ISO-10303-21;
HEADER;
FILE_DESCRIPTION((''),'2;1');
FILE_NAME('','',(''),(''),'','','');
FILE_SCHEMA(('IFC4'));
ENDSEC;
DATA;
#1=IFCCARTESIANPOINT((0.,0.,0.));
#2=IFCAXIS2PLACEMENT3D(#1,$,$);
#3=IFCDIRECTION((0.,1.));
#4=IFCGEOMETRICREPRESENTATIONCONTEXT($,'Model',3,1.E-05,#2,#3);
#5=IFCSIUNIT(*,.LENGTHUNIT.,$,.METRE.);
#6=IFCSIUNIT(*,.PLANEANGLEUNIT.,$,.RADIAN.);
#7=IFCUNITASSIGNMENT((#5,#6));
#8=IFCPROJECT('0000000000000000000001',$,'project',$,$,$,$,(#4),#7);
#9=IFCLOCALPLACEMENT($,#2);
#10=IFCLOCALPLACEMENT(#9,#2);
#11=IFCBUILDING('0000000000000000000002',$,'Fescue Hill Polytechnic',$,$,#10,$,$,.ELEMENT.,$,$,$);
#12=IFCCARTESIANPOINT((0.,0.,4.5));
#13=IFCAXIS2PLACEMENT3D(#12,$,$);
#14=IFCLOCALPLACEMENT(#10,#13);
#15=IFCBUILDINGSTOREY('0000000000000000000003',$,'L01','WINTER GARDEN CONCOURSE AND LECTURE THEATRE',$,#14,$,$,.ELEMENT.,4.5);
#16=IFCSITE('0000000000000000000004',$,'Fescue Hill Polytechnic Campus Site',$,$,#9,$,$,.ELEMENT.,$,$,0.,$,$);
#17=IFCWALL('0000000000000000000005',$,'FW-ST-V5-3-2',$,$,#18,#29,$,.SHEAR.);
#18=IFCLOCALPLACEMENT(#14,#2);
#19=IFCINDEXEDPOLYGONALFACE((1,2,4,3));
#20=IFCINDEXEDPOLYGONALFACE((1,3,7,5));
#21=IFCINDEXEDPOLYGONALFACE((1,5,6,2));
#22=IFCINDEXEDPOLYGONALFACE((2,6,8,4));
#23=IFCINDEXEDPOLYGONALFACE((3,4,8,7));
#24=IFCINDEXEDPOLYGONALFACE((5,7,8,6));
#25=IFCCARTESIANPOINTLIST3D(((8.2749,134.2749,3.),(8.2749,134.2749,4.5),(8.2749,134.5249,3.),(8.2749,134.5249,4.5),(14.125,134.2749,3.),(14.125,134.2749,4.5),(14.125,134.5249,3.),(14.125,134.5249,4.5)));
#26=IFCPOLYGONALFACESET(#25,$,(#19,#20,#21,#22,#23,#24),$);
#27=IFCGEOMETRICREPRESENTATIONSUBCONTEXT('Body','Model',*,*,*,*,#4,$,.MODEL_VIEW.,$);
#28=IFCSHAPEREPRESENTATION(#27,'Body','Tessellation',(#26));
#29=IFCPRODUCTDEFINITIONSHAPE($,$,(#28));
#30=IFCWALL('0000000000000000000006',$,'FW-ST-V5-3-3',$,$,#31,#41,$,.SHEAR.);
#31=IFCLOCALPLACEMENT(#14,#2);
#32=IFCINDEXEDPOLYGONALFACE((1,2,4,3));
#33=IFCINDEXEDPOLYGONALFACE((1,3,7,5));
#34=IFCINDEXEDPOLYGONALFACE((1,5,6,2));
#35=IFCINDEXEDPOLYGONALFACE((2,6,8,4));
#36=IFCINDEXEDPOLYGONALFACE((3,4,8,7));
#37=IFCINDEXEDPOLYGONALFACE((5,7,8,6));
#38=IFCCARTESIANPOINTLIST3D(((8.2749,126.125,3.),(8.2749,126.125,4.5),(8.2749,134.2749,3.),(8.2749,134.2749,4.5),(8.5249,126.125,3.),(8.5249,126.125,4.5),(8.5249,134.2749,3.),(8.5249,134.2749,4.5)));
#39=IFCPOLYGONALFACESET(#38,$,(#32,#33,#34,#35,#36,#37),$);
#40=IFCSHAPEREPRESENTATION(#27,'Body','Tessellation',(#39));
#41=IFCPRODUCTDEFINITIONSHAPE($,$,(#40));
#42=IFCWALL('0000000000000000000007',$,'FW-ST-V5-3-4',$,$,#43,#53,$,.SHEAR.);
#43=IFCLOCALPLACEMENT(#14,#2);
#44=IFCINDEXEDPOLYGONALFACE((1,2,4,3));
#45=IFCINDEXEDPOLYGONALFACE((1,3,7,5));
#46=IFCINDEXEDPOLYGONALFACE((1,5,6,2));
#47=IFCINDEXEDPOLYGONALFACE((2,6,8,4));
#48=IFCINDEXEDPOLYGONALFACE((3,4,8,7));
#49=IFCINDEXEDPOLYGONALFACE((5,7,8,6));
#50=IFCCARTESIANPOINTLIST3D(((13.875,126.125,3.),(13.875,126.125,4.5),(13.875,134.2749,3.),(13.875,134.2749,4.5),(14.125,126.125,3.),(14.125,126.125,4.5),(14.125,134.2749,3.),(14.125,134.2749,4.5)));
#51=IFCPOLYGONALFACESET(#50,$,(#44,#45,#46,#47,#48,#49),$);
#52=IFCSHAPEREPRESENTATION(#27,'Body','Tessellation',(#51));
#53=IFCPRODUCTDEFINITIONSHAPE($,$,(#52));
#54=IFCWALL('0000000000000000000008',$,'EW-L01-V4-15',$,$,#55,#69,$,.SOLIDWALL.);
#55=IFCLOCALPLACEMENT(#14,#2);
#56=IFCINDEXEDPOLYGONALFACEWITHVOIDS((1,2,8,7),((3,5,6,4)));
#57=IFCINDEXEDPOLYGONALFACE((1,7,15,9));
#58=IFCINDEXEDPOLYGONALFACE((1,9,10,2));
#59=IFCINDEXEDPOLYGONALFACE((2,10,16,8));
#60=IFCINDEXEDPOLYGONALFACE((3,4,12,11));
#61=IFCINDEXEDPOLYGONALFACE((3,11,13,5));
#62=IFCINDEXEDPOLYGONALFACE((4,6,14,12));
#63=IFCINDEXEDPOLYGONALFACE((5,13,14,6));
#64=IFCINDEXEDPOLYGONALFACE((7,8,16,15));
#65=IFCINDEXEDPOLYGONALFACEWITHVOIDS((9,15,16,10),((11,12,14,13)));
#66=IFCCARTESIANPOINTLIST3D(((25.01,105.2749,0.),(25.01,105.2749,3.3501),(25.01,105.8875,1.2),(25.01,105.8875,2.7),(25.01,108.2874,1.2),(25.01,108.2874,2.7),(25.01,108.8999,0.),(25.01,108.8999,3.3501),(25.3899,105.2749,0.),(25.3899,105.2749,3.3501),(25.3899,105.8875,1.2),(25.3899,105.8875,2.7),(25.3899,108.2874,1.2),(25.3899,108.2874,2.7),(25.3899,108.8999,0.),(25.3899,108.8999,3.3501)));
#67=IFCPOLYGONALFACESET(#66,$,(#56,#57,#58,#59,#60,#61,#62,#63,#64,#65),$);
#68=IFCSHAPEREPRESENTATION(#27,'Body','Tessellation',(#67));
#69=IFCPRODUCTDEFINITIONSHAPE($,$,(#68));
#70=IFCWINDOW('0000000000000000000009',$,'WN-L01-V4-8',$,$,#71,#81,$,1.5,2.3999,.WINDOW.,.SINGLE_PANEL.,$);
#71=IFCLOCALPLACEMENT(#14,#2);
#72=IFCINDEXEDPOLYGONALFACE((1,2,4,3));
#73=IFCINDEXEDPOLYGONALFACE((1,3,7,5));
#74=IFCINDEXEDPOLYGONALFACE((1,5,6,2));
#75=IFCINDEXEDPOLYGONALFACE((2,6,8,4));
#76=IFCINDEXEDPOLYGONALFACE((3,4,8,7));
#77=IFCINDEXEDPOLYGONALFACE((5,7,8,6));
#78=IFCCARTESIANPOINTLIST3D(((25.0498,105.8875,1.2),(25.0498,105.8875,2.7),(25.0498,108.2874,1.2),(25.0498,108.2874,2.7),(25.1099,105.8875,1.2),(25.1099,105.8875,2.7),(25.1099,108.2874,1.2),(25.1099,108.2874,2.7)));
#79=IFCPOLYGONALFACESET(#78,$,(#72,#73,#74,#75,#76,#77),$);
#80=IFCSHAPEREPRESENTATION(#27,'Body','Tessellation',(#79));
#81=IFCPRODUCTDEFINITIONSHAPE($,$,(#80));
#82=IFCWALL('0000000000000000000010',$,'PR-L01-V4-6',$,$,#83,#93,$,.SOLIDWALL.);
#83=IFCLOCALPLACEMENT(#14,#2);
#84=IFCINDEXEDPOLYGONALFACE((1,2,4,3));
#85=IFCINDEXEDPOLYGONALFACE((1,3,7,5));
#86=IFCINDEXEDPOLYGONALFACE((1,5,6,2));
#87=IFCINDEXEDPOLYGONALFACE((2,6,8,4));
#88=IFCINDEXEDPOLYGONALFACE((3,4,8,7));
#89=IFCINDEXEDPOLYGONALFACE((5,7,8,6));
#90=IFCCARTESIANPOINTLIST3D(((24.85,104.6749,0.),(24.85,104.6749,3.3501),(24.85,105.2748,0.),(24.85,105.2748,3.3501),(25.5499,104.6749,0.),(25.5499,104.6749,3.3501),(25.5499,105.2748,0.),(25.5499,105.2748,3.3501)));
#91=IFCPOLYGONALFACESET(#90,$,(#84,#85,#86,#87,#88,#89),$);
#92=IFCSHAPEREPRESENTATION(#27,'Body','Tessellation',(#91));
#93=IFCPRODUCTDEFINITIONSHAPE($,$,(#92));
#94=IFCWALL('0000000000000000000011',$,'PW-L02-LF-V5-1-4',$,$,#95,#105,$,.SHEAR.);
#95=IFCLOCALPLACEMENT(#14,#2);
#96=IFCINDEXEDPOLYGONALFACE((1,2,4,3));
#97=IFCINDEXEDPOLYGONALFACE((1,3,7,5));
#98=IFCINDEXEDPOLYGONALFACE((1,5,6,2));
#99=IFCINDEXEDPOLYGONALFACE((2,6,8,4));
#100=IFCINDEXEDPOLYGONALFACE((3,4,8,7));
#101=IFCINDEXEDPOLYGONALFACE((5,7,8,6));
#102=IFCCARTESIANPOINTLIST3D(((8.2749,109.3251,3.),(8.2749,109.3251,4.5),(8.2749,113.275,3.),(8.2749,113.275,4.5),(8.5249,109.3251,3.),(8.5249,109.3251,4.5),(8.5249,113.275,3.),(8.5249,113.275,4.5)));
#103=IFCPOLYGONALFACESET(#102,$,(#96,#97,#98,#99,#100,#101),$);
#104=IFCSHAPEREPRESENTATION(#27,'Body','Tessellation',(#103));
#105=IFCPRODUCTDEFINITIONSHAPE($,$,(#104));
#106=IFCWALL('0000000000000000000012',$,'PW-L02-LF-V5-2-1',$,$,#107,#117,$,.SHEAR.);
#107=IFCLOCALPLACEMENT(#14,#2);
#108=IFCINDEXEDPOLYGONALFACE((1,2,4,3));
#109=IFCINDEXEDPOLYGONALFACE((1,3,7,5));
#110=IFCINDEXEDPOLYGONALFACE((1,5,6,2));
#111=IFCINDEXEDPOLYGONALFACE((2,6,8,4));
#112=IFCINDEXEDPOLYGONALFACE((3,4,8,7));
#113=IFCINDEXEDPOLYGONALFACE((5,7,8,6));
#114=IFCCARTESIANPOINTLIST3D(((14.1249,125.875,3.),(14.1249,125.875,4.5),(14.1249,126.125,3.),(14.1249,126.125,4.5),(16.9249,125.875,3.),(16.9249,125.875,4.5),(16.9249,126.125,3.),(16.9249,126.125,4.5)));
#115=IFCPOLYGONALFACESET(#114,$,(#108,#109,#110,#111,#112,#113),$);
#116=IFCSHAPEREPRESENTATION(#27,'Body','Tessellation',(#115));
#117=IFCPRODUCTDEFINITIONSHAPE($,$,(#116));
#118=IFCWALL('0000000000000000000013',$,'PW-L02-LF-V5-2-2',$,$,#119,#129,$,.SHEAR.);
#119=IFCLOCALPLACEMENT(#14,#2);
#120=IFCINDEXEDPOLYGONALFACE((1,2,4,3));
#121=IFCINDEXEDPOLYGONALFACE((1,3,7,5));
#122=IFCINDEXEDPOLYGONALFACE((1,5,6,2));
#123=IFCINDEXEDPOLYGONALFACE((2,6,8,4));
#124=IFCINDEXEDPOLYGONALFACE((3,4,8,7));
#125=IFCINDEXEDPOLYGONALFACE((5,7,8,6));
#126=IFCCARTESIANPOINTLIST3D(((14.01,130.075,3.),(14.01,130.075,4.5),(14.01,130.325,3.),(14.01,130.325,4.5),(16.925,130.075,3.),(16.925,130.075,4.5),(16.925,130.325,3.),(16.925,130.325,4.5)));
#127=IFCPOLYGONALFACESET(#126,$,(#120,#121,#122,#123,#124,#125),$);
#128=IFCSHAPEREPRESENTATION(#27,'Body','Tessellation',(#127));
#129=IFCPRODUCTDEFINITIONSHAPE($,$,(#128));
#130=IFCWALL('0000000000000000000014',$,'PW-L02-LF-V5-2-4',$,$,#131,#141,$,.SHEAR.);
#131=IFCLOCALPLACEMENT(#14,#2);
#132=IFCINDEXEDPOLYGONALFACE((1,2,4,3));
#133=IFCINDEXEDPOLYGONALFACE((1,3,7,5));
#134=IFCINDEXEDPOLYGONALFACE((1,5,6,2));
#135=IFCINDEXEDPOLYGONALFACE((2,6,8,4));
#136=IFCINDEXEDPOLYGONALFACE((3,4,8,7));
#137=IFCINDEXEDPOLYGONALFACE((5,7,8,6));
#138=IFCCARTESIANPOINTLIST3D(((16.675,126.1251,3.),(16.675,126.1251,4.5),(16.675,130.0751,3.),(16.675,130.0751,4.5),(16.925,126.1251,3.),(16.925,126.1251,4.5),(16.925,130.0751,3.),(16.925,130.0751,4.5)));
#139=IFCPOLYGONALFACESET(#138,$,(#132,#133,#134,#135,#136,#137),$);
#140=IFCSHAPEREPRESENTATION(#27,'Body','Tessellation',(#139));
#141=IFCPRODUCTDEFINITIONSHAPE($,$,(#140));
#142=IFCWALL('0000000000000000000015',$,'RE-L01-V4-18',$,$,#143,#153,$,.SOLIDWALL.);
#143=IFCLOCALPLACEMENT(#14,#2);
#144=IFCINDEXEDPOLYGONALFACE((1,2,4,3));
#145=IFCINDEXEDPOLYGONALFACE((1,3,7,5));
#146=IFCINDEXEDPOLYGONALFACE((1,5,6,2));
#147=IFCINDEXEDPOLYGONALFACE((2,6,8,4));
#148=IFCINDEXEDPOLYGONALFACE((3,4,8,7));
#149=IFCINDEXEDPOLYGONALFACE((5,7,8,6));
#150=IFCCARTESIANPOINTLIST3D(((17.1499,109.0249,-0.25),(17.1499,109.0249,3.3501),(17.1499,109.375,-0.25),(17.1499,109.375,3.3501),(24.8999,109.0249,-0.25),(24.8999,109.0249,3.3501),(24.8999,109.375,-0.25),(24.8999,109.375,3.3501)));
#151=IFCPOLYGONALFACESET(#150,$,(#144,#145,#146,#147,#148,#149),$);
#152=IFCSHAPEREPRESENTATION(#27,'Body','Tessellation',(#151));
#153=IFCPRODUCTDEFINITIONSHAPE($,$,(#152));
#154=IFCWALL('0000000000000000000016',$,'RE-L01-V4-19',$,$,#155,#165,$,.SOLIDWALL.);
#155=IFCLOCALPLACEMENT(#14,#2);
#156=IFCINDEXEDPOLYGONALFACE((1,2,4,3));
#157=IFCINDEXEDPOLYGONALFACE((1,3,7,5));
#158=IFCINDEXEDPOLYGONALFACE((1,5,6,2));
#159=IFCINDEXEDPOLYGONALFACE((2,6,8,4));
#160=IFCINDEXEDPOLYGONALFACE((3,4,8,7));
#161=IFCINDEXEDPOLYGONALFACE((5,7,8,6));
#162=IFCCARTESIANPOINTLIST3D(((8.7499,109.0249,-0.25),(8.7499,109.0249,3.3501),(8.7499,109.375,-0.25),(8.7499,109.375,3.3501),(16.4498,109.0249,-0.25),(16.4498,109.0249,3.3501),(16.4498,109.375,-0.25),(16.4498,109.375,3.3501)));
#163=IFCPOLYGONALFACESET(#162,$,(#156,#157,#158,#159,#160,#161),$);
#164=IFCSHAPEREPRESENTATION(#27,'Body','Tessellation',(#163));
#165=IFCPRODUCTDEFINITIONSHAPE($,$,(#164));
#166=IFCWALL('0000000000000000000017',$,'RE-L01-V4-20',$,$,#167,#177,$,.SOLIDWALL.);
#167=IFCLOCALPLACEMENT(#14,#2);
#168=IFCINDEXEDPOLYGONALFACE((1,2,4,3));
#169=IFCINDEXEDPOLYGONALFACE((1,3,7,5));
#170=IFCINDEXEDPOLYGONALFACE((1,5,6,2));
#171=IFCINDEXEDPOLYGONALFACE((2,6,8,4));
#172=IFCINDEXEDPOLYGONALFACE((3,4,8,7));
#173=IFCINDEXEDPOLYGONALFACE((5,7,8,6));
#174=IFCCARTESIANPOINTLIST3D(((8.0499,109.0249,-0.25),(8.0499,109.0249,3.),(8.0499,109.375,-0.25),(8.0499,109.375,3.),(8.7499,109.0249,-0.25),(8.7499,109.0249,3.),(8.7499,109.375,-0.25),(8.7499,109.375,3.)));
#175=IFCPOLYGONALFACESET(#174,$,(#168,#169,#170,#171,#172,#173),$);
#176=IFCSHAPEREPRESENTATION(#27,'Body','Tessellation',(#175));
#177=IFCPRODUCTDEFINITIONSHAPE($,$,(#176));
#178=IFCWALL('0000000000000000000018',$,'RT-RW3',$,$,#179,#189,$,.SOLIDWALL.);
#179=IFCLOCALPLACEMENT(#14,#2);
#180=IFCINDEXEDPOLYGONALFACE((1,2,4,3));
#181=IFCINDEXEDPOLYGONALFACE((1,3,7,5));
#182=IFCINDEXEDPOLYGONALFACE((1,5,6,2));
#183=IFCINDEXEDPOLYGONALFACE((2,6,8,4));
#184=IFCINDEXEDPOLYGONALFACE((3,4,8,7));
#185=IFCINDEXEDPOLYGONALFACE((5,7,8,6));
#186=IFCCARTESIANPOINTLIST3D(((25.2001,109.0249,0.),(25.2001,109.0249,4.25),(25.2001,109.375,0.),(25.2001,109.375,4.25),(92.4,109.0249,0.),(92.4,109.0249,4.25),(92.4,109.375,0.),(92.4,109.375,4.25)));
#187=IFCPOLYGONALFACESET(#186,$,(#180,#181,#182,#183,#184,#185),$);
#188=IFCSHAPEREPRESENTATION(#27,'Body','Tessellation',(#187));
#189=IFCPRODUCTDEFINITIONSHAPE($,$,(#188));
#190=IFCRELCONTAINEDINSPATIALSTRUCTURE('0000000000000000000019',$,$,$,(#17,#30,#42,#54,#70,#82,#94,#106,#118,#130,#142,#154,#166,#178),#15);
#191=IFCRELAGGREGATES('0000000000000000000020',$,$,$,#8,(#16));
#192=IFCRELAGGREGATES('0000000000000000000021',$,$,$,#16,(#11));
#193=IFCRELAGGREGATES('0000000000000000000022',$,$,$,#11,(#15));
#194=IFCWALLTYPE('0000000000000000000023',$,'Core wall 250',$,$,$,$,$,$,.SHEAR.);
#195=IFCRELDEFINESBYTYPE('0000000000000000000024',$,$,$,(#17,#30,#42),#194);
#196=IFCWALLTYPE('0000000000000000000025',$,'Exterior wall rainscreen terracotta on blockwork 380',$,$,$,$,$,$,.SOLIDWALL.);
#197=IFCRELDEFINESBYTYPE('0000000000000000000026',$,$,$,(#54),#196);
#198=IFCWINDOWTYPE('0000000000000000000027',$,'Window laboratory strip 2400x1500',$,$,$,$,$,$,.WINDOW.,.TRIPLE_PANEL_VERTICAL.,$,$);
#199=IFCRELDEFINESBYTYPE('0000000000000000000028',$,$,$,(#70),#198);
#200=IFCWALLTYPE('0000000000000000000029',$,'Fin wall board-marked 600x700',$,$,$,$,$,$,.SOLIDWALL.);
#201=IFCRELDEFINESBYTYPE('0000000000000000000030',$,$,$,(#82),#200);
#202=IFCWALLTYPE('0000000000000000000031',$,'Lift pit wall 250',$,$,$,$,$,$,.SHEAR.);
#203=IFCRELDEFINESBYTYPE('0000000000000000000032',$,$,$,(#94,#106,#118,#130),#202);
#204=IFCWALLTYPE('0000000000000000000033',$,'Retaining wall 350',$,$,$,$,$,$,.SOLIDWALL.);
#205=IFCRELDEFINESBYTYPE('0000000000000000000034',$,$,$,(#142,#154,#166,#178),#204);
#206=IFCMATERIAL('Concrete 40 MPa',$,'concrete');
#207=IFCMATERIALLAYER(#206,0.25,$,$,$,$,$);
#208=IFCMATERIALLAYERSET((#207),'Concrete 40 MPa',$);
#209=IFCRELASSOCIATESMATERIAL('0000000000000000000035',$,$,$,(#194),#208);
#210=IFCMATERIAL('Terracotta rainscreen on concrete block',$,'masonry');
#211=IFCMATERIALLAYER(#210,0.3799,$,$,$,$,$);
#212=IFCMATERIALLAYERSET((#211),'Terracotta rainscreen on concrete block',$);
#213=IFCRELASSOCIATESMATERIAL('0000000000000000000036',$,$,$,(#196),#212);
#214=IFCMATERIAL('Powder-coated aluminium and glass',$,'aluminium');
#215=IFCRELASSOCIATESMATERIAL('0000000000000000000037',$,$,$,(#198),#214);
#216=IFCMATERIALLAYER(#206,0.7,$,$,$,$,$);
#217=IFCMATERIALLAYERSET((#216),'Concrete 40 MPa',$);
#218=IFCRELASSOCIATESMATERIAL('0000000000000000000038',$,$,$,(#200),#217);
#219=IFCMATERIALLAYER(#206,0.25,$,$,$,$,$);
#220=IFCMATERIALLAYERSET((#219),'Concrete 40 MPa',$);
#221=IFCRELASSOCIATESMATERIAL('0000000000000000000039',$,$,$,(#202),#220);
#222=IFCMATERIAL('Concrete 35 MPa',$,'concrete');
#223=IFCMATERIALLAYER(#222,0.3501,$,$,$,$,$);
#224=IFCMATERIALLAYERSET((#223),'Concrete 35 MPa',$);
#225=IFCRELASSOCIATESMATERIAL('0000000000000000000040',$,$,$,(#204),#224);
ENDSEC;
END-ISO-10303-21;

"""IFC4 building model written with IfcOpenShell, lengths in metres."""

from ifc_helpers import new_model, si_unit, direction, frame, frame_2d, origin, place, context, subcontext, project, spatial, rectangle, extrude, material, layer, layer_set, type_object, element, fill, save


model = new_model("IFC4")

# Units and contexts
model_context = context("Model", 3, precision=1e-05, world=origin(), true_north=direction((0.0, 1.0)))
body_context = subcontext(model_context, "Body", "Model", "MODEL_VIEW")
ifc_project = project(units=[si_unit("LENGTHUNIT", "METRE"), si_unit("PLANEANGLEUNIT", "RADIAN")], contexts=[model_context])

# Site, building, storey
site_placement = place(None, origin())
site = spatial("IfcSite", under=ifc_project, at=site_placement, Name="Fescue Hill Polytechnic Campus Site", CompositionType="ELEMENT", RefElevation=0.0)
building_placement = place(site_placement, origin())
building = spatial("IfcBuilding", under=site, at=building_placement, Name="Fescue Hill Polytechnic", CompositionType="ELEMENT")
storey_placement = place(building_placement, frame((0.0, 0.0, 4.5)))
storey = spatial("IfcBuildingStorey", under=building, at=storey_placement, Name="L01", Description="WINTER GARDEN CONCOURSE AND LECTURE THEATRE", CompositionType="ELEMENT", Elevation=4.5)

# Shared definitions
ifc_material_1 = material(Name="Concrete 35 MPa", Category="concrete")

# Shared definitions
ifc_material_2 = material(Name="Concrete 40 MPa", Category="concrete")

# Walls
ifc_layer_1 = layer(ifc_material_2, 0.25)
ifc_layer_set_1 = layer_set([ifc_layer_1], Name="Concrete 40 MPa")
wall_type_1 = type_object("IfcWallType", Name="Core wall 250", PredefinedType="SHEAR", material=ifc_layer_set_1)
wall_1_placement = place(storey_placement, frame((8.2749, 134.3999, 3.0), z_axis=(0.0, 0.0, 1.0), x_axis=(1.0, 0.0, 0.0)))
element("IfcWall", 1, at=wall_1_placement, inside=storey, type_object=wall_type_1, Name="FW-ST-V5-3-2", PredefinedType="SHEAR", context=body_context, shape_type="SweptSolid", body=[
    extrude(rectangle(XDim=5.8501, YDim=0.25, at=frame_2d((2.925, 0.0))), origin(), (0.0, 0.0, 1.0), 1.5),
])
for number, where, z_axis, x_axis, name in (
    (2, (8.3999, 126.125, 3.0), (0.0, 0.0, 1.0), (0.0, 1.0, 0.0), "FW-ST-V5-3-3"),
    (3, (14.0, 126.125, 3.0), (0.0, 0.0, 1.0), (0.0, 1.0, 0.0), "FW-ST-V5-3-4"),
):
    element("IfcWall", number, at=place(storey_placement, frame(where, z_axis=z_axis, x_axis=x_axis)), inside=storey, type_object=wall_type_1, Name=name, PredefinedType="SHEAR", context=body_context, shape_type="SweptSolid", body=[
        extrude(rectangle(XDim=8.1499, YDim=0.25, at=frame_2d((4.075, 0.0))), origin(), (0.0, 0.0, 1.0), 1.5),
    ])

# Wall, opening, window
ifc_material_3 = material(Name="Terracotta rainscreen on concrete block", Category="masonry")
ifc_layer_2 = layer(ifc_material_3, 0.3799)
ifc_layer_set_2 = layer_set([ifc_layer_2], Name="Terracotta rainscreen on concrete block")
wall_type_2 = type_object("IfcWallType", Name="Exterior wall rainscreen terracotta on blockwork 380", PredefinedType="SOLIDWALL", material=ifc_layer_set_2)
wall_2_placement = place(storey_placement, frame((25.2, 105.2749, 0.0), z_axis=(0.0, 0.0, 1.0), x_axis=(0.0, 1.0, 0.0)))
wall_2 = element("IfcWall", 4, at=wall_2_placement, inside=storey, type_object=wall_type_2, Name="EW-L01-V4-15", PredefinedType="SOLIDWALL", context=body_context, shape_type="SweptSolid", body=[
    extrude(rectangle(XDim=3.625, YDim=0.3799, at=frame_2d((1.8125, 0.0))), origin(), (0.0, 0.0, 1.0), 3.3501),
])
opening_placement = place(wall_2_placement, frame((0.6125, 0.0, 1.2)))
opening = element("IfcOpeningElement", 5, at=opening_placement, cuts=wall_2, PredefinedType="OPENING", context=body_context, shape_type="SweptSolid", body=[
    extrude(rectangle(XDim=2.3999, YDim=1.5, at=frame_2d((1.2, 0.75))), frame((0.0, 0.2, 0.0), z_axis=(0.0, -1.0, 0.0), x_axis=(1.0, 0.0, 0.0)), (0.0, 0.0, 1.0), 0.3999),
])
ifc_material_4 = material(Name="Powder-coated aluminium and glass", Category="aluminium")
window_type = type_object("IfcWindowType", Name="Window laboratory strip 2400x1500", PartitioningType="TRIPLE_PANEL_VERTICAL", PredefinedType="WINDOW", material=ifc_material_4)
window_placement = place(opening_placement, origin())
window = element("IfcWindow", 6, at=window_placement, inside=storey, type_object=window_type, Name="WN-L01-V4-8", OverallHeight=1.5, OverallWidth=2.3999, PartitioningType="SINGLE_PANEL", PredefinedType="WINDOW", context=body_context, shape_type="SweptSolid", body=[
    extrude(rectangle(XDim=2.3999, YDim=1.5, at=frame_2d((1.2, 0.75))), frame((0.0, 0.1501, 0.0), z_axis=(0.0, -1.0, 0.0), x_axis=(1.0, 0.0, 0.0)), (0.0, 0.0, 1.0), 0.0601),
])
fill(opening, window)

# Walls
ifc_layer_3 = layer(ifc_material_2, 0.7)
ifc_layer_set_3 = layer_set([ifc_layer_3], Name="Concrete 40 MPa")
wall_type_3 = type_object("IfcWallType", Name="Fin wall board-marked 600x700", PredefinedType="SOLIDWALL", material=ifc_layer_set_3)
wall_3_placement = place(storey_placement, frame((25.2, 104.675, 0.0), z_axis=(0.0, 0.0, 1.0), x_axis=(0.0, 1.0, 0.0)))
element("IfcWall", 7, at=wall_3_placement, inside=storey, type_object=wall_type_3, Name="PR-L01-V4-6", PredefinedType="SOLIDWALL", context=body_context, shape_type="SweptSolid", body=[
    extrude(rectangle(XDim=0.5999, YDim=0.7, at=frame_2d((0.2998, 0.0))), origin(), (0.0, 0.0, 1.0), 3.3501),
])
ifc_layer_4 = layer(ifc_material_2, 0.25)
ifc_layer_set_4 = layer_set([ifc_layer_4], Name="Concrete 40 MPa")
wall_type_4 = type_object("IfcWallType", Name="Lift pit wall 250", PredefinedType="SHEAR", material=ifc_layer_set_4)
wall_4_placement = place(storey_placement, frame((8.3999, 109.325, 3.0), z_axis=(0.0, 0.0, 1.0), x_axis=(0.0, 1.0, 0.0)))
element("IfcWall", 8, at=wall_4_placement, inside=storey, type_object=wall_type_4, Name="PW-L02-LF-V5-1-4", PredefinedType="SHEAR", context=body_context, shape_type="SweptSolid", body=[
    extrude(rectangle(XDim=3.95, YDim=0.25, at=frame_2d((1.9751, 0.0))), origin(), (0.0, 0.0, 1.0), 1.5),
])
wall_5_placement = place(storey_placement, frame((14.125, 126.0, 3.0), z_axis=(0.0, 0.0, 1.0), x_axis=(1.0, 0.0, 0.0)))
element("IfcWall", 9, at=wall_5_placement, inside=storey, type_object=wall_type_4, Name="PW-L02-LF-V5-2-1", PredefinedType="SHEAR", context=body_context, shape_type="SweptSolid", body=[
    extrude(rectangle(XDim=2.8, YDim=0.25, at=frame_2d((1.3999, 0.0))), origin(), (0.0, 0.0, 1.0), 1.5),
])
wall_6_placement = place(storey_placement, frame((14.01, 130.2, 3.0), z_axis=(0.0, 0.0, 1.0), x_axis=(1.0, 0.0, 0.0)))
element("IfcWall", 10, at=wall_6_placement, inside=storey, type_object=wall_type_4, Name="PW-L02-LF-V5-2-2", PredefinedType="SHEAR", context=body_context, shape_type="SweptSolid", body=[
    extrude(rectangle(XDim=2.915, YDim=0.25, at=frame_2d((1.4575, 0.0))), origin(), (0.0, 0.0, 1.0), 1.5),
])
wall_7_placement = place(storey_placement, frame((16.8, 126.125, 3.0), z_axis=(0.0, 0.0, 1.0), x_axis=(0.0, 1.0, 0.0)))
element("IfcWall", 11, at=wall_7_placement, inside=storey, type_object=wall_type_4, Name="PW-L02-LF-V5-2-4", PredefinedType="SHEAR", context=body_context, shape_type="SweptSolid", body=[
    extrude(rectangle(XDim=3.95, YDim=0.25, at=frame_2d((1.9751, 0.0))), origin(), (0.0, 0.0, 1.0), 1.5),
])
ifc_layer_5 = layer(ifc_material_1, 0.3501)
ifc_layer_set_5 = layer_set([ifc_layer_5], Name="Concrete 35 MPa")
wall_type_5 = type_object("IfcWallType", Name="Retaining wall 350", PredefinedType="SOLIDWALL", material=ifc_layer_set_5)
wall_8_placement = place(storey_placement, frame((24.8999, 109.2, -0.25), z_axis=(0.0, 0.0, 1.0), x_axis=(-1.0, 0.0, 0.0)))
element("IfcWall", 12, at=wall_8_placement, inside=storey, type_object=wall_type_5, Name="RE-L01-V4-18", PredefinedType="SOLIDWALL", context=body_context, shape_type="SweptSolid", body=[
    extrude(rectangle(XDim=7.75, YDim=0.3501, at=frame_2d((3.875, 0.0))), origin(), (0.0, 0.0, 1.0), 3.6001),
])
wall_9_placement = place(storey_placement, frame((16.45, 109.2, -0.25), z_axis=(0.0, 0.0, 1.0), x_axis=(-1.0, 0.0, 0.0)))
element("IfcWall", 13, at=wall_9_placement, inside=storey, type_object=wall_type_5, Name="RE-L01-V4-19", PredefinedType="SOLIDWALL", context=body_context, shape_type="SweptSolid", body=[
    extrude(rectangle(XDim=7.7, YDim=0.3501, at=frame_2d((3.8501, 0.0))), origin(), (0.0, 0.0, 1.0), 3.6001),
])
wall_10_placement = place(storey_placement, frame((8.75, 109.2, -0.25), z_axis=(0.0, 0.0, 1.0), x_axis=(-1.0, 0.0, 0.0)))
element("IfcWall", 14, at=wall_10_placement, inside=storey, type_object=wall_type_5, Name="RE-L01-V4-20", PredefinedType="SOLIDWALL", context=body_context, shape_type="SweptSolid", body=[
    extrude(rectangle(XDim=0.7, YDim=0.3501, at=frame_2d((0.3501, 0.0))), origin(), (0.0, 0.0, 1.0), 3.25),
])
wall_11_placement = place(storey_placement, frame((25.2, 109.2, 0.0), z_axis=(0.0, 0.0, 1.0), x_axis=(1.0, 0.0, 0.0)))
element("IfcWall", 15, at=wall_11_placement, inside=storey, type_object=wall_type_5, Name="RT-RW3", PredefinedType="SOLIDWALL", context=body_context, shape_type="SweptSolid", body=[
    extrude(rectangle(XDim=67.2, YDim=0.3501, at=frame_2d((33.6001, 0.0))), origin(), (0.0, 0.0, 1.0), 4.25),
])

save(model, "model.ifc")
